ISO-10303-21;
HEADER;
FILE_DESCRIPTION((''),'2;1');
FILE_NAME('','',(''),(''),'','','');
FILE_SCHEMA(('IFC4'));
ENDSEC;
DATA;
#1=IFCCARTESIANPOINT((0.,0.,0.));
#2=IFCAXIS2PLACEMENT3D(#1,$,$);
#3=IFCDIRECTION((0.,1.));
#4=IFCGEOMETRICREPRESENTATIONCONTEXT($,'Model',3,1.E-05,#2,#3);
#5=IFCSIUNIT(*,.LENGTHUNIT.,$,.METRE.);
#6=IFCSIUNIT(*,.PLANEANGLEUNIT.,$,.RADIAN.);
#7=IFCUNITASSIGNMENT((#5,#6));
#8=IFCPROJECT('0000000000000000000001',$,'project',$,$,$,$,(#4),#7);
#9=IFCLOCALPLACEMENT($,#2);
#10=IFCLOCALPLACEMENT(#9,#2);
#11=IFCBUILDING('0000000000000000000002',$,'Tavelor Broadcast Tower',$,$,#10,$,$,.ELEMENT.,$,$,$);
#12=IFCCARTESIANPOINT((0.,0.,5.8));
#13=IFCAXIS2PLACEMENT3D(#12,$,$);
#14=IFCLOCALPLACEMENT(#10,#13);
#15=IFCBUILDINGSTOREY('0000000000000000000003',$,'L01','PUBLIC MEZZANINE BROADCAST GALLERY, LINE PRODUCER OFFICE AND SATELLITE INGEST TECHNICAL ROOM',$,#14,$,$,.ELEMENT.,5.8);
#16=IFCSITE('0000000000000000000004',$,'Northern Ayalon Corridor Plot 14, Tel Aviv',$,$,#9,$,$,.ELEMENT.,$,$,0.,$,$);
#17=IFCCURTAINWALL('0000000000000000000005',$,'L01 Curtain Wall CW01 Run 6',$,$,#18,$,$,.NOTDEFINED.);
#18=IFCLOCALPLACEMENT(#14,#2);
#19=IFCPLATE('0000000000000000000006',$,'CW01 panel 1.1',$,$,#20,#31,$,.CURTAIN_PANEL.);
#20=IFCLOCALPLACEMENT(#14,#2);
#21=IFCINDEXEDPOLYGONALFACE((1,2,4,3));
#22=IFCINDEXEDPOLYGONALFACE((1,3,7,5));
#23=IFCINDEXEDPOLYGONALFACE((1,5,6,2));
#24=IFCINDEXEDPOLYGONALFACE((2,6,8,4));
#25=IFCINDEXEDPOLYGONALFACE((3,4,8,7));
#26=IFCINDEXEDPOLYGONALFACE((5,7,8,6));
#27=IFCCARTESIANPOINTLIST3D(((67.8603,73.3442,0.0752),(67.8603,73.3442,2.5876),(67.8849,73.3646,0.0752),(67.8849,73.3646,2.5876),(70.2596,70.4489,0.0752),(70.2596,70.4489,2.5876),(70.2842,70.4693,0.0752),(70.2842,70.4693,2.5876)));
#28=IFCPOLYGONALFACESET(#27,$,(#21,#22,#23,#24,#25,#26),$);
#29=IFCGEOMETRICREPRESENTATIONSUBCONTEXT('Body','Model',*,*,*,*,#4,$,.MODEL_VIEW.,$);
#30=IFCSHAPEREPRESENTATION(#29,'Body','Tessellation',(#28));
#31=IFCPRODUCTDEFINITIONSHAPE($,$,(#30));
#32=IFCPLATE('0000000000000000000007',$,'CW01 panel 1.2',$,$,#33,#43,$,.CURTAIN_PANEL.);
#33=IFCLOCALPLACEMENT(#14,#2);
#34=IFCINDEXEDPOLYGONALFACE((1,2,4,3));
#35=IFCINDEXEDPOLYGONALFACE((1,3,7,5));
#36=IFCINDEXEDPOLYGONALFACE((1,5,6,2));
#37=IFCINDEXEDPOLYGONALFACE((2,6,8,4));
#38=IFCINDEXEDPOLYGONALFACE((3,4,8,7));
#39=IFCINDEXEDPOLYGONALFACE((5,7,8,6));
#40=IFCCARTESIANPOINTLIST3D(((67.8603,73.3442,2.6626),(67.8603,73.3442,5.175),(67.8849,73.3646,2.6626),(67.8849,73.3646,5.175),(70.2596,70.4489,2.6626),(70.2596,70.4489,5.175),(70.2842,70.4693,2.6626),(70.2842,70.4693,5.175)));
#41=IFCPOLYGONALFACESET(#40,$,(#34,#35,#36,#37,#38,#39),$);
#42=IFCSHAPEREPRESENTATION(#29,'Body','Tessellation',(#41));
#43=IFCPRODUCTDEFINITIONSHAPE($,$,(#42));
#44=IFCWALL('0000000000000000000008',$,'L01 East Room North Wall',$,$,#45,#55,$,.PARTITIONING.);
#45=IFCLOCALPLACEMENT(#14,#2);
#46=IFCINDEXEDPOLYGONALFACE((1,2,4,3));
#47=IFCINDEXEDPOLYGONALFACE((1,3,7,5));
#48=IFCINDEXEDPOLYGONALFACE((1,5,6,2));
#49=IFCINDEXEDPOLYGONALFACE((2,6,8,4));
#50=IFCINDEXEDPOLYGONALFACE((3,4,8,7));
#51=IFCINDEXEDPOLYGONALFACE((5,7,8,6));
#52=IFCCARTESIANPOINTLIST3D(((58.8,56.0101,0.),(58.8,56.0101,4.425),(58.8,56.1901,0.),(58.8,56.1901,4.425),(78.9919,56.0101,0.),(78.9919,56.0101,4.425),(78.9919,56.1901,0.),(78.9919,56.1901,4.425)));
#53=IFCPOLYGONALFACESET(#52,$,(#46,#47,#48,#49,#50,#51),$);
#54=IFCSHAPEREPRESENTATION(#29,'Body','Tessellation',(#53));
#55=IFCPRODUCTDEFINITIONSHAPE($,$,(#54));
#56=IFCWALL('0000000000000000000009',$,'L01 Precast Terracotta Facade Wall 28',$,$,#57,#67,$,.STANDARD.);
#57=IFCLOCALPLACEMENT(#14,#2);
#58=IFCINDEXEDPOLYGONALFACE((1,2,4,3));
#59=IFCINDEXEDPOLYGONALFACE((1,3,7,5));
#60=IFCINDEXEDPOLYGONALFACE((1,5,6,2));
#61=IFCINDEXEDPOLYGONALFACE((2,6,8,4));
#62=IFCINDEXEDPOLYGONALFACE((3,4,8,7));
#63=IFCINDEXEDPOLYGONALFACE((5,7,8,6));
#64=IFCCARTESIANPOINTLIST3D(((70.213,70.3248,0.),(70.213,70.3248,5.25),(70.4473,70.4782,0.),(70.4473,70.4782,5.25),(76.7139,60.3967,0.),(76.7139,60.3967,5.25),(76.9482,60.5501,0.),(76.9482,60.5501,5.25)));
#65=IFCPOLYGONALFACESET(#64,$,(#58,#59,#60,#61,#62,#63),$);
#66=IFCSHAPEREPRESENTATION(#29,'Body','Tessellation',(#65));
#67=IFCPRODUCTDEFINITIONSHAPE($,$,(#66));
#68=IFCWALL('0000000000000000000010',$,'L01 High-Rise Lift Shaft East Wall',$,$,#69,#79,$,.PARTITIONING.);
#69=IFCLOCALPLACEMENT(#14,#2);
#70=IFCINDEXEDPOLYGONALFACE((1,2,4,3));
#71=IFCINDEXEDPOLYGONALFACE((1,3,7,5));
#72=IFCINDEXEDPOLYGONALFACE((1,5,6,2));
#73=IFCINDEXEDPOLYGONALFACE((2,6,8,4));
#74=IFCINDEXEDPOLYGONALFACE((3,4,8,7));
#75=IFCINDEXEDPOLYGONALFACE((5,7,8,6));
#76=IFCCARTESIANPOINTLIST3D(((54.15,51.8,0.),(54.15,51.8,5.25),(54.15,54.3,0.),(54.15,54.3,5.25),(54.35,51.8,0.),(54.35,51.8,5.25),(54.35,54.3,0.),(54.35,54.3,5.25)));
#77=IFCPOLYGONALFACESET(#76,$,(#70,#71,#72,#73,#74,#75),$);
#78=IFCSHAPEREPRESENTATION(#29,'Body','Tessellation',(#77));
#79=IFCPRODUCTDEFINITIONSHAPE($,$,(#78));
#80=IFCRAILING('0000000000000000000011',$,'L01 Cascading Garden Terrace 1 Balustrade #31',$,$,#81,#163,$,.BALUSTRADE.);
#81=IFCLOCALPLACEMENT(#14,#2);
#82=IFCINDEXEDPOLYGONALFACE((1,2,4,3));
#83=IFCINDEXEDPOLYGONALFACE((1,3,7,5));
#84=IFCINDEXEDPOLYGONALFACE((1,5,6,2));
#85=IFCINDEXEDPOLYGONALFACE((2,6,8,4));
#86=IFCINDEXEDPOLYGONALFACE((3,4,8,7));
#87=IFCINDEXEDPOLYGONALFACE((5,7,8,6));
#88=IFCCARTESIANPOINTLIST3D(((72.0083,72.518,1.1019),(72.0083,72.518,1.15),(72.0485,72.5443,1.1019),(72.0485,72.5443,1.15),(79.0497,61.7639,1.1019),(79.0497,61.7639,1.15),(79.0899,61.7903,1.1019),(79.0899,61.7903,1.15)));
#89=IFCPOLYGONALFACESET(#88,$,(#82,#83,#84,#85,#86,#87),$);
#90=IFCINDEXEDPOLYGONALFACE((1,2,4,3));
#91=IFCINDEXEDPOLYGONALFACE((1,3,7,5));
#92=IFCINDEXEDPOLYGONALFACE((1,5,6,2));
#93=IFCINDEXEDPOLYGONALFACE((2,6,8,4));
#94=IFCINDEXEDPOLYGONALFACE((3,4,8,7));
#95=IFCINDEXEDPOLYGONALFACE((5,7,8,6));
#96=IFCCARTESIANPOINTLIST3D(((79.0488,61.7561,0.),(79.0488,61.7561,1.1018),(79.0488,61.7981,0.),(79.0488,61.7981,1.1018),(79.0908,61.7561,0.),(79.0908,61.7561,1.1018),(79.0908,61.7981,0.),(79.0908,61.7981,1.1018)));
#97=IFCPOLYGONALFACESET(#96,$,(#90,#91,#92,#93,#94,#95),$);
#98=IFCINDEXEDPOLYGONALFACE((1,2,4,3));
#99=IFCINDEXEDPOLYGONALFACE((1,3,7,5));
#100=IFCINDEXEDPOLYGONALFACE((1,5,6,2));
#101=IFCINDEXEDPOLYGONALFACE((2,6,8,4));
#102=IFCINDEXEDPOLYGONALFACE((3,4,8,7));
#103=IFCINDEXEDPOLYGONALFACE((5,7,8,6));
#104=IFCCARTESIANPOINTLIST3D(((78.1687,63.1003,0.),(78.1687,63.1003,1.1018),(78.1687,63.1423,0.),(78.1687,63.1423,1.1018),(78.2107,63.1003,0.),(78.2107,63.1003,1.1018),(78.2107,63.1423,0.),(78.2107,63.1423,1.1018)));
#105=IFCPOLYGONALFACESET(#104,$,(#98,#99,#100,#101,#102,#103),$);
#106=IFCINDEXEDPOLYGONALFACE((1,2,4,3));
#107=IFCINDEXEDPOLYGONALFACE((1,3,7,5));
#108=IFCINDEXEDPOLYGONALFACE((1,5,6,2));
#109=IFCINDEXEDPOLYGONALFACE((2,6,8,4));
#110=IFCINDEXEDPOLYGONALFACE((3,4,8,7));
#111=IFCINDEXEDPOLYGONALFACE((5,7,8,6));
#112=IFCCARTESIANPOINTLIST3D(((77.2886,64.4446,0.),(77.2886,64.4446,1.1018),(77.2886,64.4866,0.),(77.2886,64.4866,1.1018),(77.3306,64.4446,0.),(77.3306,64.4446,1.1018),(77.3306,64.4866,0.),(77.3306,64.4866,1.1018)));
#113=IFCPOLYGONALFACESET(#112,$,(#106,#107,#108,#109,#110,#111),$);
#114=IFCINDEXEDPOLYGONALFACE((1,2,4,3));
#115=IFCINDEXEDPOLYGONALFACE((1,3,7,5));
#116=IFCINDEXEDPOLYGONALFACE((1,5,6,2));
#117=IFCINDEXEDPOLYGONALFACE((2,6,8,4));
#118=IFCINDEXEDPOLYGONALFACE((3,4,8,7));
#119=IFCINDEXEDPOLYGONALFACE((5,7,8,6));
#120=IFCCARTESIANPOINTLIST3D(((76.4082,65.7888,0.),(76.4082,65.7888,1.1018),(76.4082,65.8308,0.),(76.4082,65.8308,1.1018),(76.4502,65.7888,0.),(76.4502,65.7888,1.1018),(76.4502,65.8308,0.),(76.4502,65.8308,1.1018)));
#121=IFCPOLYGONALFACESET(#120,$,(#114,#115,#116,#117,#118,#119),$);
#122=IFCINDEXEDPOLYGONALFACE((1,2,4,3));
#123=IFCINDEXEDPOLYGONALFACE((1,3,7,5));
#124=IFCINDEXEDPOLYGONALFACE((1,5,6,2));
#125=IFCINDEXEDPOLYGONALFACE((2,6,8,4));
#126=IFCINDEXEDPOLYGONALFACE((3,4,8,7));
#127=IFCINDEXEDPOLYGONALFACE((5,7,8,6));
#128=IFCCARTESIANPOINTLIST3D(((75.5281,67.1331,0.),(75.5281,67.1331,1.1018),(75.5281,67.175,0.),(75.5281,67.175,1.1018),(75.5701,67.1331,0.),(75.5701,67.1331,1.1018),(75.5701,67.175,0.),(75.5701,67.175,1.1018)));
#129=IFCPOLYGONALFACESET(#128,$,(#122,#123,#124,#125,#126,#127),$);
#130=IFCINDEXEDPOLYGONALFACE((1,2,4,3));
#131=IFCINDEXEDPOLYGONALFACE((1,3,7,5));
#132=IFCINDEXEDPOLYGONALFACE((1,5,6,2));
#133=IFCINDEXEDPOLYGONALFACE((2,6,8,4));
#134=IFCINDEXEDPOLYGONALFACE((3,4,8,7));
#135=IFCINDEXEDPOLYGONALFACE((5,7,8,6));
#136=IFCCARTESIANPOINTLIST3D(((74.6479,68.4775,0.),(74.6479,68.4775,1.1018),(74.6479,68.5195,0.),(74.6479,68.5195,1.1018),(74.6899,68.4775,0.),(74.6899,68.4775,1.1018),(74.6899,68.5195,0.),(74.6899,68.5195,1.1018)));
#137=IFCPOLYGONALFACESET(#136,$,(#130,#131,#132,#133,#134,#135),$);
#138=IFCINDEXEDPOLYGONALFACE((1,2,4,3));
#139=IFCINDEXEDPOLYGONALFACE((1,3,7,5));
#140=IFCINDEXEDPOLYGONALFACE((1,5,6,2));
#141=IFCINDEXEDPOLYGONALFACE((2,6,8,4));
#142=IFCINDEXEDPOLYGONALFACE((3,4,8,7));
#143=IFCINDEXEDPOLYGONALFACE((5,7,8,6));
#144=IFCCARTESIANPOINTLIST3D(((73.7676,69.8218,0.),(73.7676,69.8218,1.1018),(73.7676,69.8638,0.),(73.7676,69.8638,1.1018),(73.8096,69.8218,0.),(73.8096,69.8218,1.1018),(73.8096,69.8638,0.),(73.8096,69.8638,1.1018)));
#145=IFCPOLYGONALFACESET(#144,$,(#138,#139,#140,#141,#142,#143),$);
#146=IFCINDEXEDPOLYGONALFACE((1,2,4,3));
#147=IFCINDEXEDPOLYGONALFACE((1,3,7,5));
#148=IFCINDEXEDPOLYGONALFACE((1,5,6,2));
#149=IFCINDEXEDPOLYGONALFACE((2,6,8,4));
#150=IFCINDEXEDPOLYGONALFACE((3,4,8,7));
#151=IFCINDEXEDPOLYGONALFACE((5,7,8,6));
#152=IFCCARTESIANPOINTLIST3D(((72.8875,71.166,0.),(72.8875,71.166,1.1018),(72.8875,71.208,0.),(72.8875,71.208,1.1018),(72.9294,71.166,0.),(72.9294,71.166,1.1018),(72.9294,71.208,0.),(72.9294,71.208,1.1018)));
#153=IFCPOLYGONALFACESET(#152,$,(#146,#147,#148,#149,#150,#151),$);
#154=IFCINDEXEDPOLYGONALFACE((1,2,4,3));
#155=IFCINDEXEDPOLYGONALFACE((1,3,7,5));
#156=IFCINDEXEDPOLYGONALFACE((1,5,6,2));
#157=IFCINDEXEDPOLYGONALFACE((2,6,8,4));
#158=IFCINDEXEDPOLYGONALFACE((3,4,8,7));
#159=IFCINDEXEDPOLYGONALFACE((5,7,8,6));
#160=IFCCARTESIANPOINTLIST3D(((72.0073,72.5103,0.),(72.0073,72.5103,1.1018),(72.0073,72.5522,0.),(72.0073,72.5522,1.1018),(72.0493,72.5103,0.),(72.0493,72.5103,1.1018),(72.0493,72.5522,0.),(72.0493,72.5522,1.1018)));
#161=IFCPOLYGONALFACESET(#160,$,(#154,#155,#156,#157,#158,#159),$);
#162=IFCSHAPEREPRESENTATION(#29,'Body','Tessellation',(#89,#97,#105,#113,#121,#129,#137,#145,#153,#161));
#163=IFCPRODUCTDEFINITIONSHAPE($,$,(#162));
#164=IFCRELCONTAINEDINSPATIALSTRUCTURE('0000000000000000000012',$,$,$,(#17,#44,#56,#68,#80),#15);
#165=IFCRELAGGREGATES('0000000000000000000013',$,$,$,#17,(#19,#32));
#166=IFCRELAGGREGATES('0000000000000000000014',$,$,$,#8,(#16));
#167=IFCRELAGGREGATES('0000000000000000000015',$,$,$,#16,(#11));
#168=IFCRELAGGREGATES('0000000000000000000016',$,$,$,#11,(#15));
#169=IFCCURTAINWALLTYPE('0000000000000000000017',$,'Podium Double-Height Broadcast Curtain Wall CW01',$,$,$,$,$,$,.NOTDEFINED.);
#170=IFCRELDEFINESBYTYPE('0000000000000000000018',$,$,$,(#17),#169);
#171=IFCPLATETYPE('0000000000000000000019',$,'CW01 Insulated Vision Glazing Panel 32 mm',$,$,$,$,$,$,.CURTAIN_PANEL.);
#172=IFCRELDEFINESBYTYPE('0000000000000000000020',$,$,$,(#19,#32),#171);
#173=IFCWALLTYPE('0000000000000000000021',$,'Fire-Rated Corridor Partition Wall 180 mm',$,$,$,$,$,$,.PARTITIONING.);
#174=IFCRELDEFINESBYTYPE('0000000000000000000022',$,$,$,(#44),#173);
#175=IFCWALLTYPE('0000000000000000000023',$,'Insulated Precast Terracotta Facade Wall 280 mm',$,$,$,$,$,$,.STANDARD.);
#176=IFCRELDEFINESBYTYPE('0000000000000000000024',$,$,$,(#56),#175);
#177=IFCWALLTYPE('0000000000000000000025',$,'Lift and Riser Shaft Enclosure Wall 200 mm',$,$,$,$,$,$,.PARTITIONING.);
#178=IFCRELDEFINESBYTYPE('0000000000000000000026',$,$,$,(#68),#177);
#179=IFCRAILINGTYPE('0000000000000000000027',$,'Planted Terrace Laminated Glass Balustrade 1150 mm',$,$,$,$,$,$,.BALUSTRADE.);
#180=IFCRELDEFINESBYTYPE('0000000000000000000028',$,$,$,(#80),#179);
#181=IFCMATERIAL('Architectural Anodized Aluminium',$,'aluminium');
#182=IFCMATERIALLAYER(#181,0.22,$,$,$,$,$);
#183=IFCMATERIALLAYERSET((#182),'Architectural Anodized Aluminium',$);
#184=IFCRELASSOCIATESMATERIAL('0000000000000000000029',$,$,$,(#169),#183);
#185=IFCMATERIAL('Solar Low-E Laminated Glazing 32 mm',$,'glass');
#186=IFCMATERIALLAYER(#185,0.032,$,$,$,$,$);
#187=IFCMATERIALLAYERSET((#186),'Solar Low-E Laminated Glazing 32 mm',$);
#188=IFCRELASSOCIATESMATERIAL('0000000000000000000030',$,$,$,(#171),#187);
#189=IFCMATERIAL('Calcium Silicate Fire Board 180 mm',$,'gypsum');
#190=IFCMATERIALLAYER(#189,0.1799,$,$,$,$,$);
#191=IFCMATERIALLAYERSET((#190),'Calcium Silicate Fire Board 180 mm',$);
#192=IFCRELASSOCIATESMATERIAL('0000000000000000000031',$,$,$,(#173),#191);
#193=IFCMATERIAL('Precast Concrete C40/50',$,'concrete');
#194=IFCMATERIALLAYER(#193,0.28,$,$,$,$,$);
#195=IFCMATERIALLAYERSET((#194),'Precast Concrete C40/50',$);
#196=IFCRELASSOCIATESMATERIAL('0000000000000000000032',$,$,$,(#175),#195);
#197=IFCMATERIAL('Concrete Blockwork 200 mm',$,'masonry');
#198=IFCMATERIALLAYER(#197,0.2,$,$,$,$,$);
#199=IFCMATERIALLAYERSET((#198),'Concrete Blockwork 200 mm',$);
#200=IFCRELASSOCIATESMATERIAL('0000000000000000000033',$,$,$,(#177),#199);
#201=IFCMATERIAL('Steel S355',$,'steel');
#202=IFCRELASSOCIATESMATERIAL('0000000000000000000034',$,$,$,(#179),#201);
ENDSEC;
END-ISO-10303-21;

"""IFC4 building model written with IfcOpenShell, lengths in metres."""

from ifc_helpers import new_model, si_unit, direction, frame, frame_2d, origin, origin_2d, place, context, subcontext, project, spatial, rectangle, extrude, source, transform, mapped, material, layer, layer_set, type_object, type_shapes, element, aggregate, save


model = new_model("IFC4")

# Units and contexts
model_context = context("Model", 3, precision=1e-05, world=origin(), true_north=direction((0.0, 1.0)))
body_context = subcontext(model_context, "Body", "Model", "MODEL_VIEW")
ifc_project = project(units=[si_unit("LENGTHUNIT", "METRE"), si_unit("PLANEANGLEUNIT", "RADIAN")], contexts=[model_context])

# Site, building, storey
site_placement = place(None, origin())
site = spatial("IfcSite", under=ifc_project, at=site_placement, Name="Northern Ayalon Corridor Plot 14, Tel Aviv", CompositionType="ELEMENT", RefElevation=0.0)
building_placement = place(site_placement, origin())
building = spatial("IfcBuilding", under=site, at=building_placement, Name="Tavelor Broadcast Tower", CompositionType="ELEMENT")
storey_placement = place(building_placement, frame((0.0, 0.0, 5.8)))
storey = spatial("IfcBuildingStorey", under=building, at=storey_placement, Name="L01", Description="PUBLIC MEZZANINE BROADCAST GALLERY, LINE PRODUCER OFFICE AND SATELLITE INGEST TECHNICAL ROOM", CompositionType="ELEMENT", Elevation=5.8)

# Shared definitions
ifc_material_1 = material(Name="Steel S355", Category="steel")

# Curtain wall
ifc_material_2 = material(Name="Architectural Anodized Aluminium", Category="aluminium")
ifc_layer_1 = layer(ifc_material_2, 0.22)
ifc_layer_set_1 = layer_set([ifc_layer_1], Name="Architectural Anodized Aluminium")
curtain_wall_type = type_object("IfcCurtainWallType", Name="Podium Double-Height Broadcast Curtain Wall CW01", PredefinedType="NOTDEFINED", material=ifc_layer_set_1)
curtain_wall_placement = place(storey_placement, origin())
curtain_wall = element("IfcCurtainWall", 1, at=curtain_wall_placement, inside=storey, type_object=curtain_wall_type, Name="L01 Curtain Wall CW01 Run 6", PredefinedType="NOTDEFINED")

# Plates
ifc_material_3 = material(Name="Solar Low-E Laminated Glazing 32 mm", Category="glass")
ifc_layer_2 = layer(ifc_material_3, 0.032)
ifc_layer_set_2 = layer_set([ifc_layer_2], Name="Solar Low-E Laminated Glazing 32 mm")
plate_type_1 = type_object("IfcPlateType", Name="CW01 Insulated Vision Glazing Panel 32 mm", PredefinedType="CURTAIN_PANEL", material=ifc_layer_set_2)
shared_shape_1 = source(origin(), body_context, "Body", "SweptSolid", [
    extrude(rectangle(XDim=3.7603, YDim=0.032, at=origin_2d()), origin(), (0.0, 0.0, 1.0), 2.5125),
])
type_shapes(plate_type_1, [shared_shape_1])
plate_1_placement = place(storey_placement, frame((69.0723, 71.9067, 0.0752), z_axis=(0.0, 0.0, 1.0), x_axis=(-0.638071, 0.769978, 0.0)))
plate_1 = element("IfcPlate", 2, at=plate_1_placement, type_object=plate_type_1, Name="CW01 panel 1.1", PredefinedType="CURTAIN_PANEL", context=body_context, shape_type="MappedRepresentation", body=[
    mapped(shared_shape_1, transform((0.0, 0.0, 0.0), scale=1.0)),
])
plate_2_placement = place(storey_placement, frame((69.0723, 71.9067, 2.6626), z_axis=(0.0, 0.0, 1.0), x_axis=(-0.638071, 0.769978, 0.0)))
plate_2 = element("IfcPlate", 3, at=plate_2_placement, type_object=plate_type_1, Name="CW01 panel 1.2", PredefinedType="CURTAIN_PANEL", context=body_context, shape_type="MappedRepresentation", body=[
    mapped(shared_shape_1, transform((0.0, 0.0, 0.0), scale=1.0)),
])
aggregate(curtain_wall, [plate_1, plate_2])

# Walls
ifc_material_4 = material(Name="Calcium Silicate Fire Board 180 mm", Category="gypsum")
ifc_layer_3 = layer(ifc_material_4, 0.1799)
ifc_layer_set_3 = layer_set([ifc_layer_3], Name="Calcium Silicate Fire Board 180 mm")
wall_type_1 = type_object("IfcWallType", Name="Fire-Rated Corridor Partition Wall 180 mm", PredefinedType="PARTITIONING", material=ifc_layer_set_3)
wall_1_placement = place(storey_placement, frame((58.8, 56.1001, 0.0), z_axis=(0.0, 0.0, 1.0), x_axis=(1.0, 0.0, 0.0)))
element("IfcWall", 4, at=wall_1_placement, inside=storey, type_object=wall_type_1, Name="L01 East Room North Wall", PredefinedType="PARTITIONING", context=body_context, shape_type="SweptSolid", body=[
    extrude(rectangle(XDim=20.1919, YDim=0.1799, at=frame_2d((10.0959, 0.0))), origin(), (0.0, 0.0, 1.0), 4.425),
])
ifc_material_5 = material(Name="Precast Concrete C40/50", Category="concrete")
ifc_layer_4 = layer(ifc_material_5, 0.28)
ifc_layer_set_4 = layer_set([ifc_layer_4], Name="Precast Concrete C40/50")
wall_type_2 = type_object("IfcWallType", Name="Insulated Precast Terracotta Facade Wall 280 mm", PredefinedType="STANDARD", material=ifc_layer_set_4)
wall_2_placement = place(storey_placement, frame((76.8311, 60.4734, 0.0), z_axis=(0.0, 0.0, 1.0), x_axis=(-0.547807, 0.836605, 0.0)))
element("IfcWall", 5, at=wall_2_placement, inside=storey, type_object=wall_type_2, Name="L01 Precast Terracotta Facade Wall 28", PredefinedType="STANDARD", context=body_context, shape_type="SweptSolid", body=[
    extrude(rectangle(XDim=11.8672, YDim=0.28, at=frame_2d((5.9336, 0.0))), origin(), (0.0, 0.0, 1.0), 5.25),
])
ifc_material_6 = material(Name="Concrete Blockwork 200 mm", Category="masonry")
ifc_layer_5 = layer(ifc_material_6, 0.2)
ifc_layer_set_5 = layer_set([ifc_layer_5], Name="Concrete Blockwork 200 mm")
wall_type_3 = type_object("IfcWallType", Name="Lift and Riser Shaft Enclosure Wall 200 mm", PredefinedType="PARTITIONING", material=ifc_layer_set_5)
wall_3_placement = place(storey_placement, frame((54.25, 51.8, 0.0), z_axis=(0.0, 0.0, 1.0), x_axis=(0.0, 1.0, 0.0)))
element("IfcWall", 6, at=wall_3_placement, inside=storey, type_object=wall_type_3, Name="L01 High-Rise Lift Shaft East Wall", PredefinedType="PARTITIONING", context=body_context, shape_type="SweptSolid", body=[
    extrude(rectangle(XDim=2.5, YDim=0.2, at=frame_2d((1.25, 0.0))), origin(), (0.0, 0.0, 1.0), 5.25),
])

# Railing
railing_type = type_object("IfcRailingType", Name="Planted Terrace Laminated Glass Balustrade 1150 mm", PredefinedType="BALUSTRADE", material=ifc_material_1)
railing_1_placement = place(storey_placement, frame((79.0698, 61.7771, 0.0)))
element("IfcRailing", 7, at=railing_1_placement, inside=storey, type_object=railing_type, Name="L01 Cascading Garden Terrace 1 Balustrade #31", PredefinedType="BALUSTRADE", context=body_context, shape_type="SweptSolid", body=[
    extrude(rectangle(XDim=0.0481, YDim=0.0481, at=origin_2d()), frame((0.0, 0.0, 1.126), z_axis=(-0.547791, 0.836615, 0.0), x_axis=(-0.836615, -0.547791, 0.0)), (0.0, 0.0, 1.0), 12.8542),
    extrude(rectangle(XDim=0.042, YDim=0.042, at=origin_2d()), origin(), (0.0, 0.0, 1.0), 1.1018),
    extrude(rectangle(XDim=0.042, YDim=0.042, at=origin_2d()), frame((-0.8801, 1.3442, 0.0)), (0.0, 0.0, 1.0), 1.1018),
    extrude(rectangle(XDim=0.042, YDim=0.042, at=origin_2d()), frame((-1.7603, 2.6885, 0.0)), (0.0, 0.0, 1.0), 1.1018),
    extrude(rectangle(XDim=0.042, YDim=0.042, at=origin_2d()), frame((-2.6406, 4.0327, 0.0)), (0.0, 0.0, 1.0), 1.1018),
    extrude(rectangle(XDim=0.042, YDim=0.042, at=origin_2d()), frame((-3.5208, 5.377, 0.0)), (0.0, 0.0, 1.0), 1.1018),
    extrude(rectangle(XDim=0.042, YDim=0.042, at=origin_2d()), frame((-4.4009, 6.7214, 0.0)), (0.0, 0.0, 1.0), 1.1018),
    extrude(rectangle(XDim=0.042, YDim=0.042, at=origin_2d()), frame((-5.2812, 8.0657, 0.0)), (0.0, 0.0, 1.0), 1.1018),
    extrude(rectangle(XDim=0.042, YDim=0.042, at=origin_2d()), frame((-6.1614, 9.4099, 0.0)), (0.0, 0.0, 1.0), 1.1018),
    extrude(rectangle(XDim=0.042, YDim=0.042, at=origin_2d()), frame((-7.0415, 10.7542, 0.0)), (0.0, 0.0, 1.0), 1.1018),
])

save(model, "model.ifc")
